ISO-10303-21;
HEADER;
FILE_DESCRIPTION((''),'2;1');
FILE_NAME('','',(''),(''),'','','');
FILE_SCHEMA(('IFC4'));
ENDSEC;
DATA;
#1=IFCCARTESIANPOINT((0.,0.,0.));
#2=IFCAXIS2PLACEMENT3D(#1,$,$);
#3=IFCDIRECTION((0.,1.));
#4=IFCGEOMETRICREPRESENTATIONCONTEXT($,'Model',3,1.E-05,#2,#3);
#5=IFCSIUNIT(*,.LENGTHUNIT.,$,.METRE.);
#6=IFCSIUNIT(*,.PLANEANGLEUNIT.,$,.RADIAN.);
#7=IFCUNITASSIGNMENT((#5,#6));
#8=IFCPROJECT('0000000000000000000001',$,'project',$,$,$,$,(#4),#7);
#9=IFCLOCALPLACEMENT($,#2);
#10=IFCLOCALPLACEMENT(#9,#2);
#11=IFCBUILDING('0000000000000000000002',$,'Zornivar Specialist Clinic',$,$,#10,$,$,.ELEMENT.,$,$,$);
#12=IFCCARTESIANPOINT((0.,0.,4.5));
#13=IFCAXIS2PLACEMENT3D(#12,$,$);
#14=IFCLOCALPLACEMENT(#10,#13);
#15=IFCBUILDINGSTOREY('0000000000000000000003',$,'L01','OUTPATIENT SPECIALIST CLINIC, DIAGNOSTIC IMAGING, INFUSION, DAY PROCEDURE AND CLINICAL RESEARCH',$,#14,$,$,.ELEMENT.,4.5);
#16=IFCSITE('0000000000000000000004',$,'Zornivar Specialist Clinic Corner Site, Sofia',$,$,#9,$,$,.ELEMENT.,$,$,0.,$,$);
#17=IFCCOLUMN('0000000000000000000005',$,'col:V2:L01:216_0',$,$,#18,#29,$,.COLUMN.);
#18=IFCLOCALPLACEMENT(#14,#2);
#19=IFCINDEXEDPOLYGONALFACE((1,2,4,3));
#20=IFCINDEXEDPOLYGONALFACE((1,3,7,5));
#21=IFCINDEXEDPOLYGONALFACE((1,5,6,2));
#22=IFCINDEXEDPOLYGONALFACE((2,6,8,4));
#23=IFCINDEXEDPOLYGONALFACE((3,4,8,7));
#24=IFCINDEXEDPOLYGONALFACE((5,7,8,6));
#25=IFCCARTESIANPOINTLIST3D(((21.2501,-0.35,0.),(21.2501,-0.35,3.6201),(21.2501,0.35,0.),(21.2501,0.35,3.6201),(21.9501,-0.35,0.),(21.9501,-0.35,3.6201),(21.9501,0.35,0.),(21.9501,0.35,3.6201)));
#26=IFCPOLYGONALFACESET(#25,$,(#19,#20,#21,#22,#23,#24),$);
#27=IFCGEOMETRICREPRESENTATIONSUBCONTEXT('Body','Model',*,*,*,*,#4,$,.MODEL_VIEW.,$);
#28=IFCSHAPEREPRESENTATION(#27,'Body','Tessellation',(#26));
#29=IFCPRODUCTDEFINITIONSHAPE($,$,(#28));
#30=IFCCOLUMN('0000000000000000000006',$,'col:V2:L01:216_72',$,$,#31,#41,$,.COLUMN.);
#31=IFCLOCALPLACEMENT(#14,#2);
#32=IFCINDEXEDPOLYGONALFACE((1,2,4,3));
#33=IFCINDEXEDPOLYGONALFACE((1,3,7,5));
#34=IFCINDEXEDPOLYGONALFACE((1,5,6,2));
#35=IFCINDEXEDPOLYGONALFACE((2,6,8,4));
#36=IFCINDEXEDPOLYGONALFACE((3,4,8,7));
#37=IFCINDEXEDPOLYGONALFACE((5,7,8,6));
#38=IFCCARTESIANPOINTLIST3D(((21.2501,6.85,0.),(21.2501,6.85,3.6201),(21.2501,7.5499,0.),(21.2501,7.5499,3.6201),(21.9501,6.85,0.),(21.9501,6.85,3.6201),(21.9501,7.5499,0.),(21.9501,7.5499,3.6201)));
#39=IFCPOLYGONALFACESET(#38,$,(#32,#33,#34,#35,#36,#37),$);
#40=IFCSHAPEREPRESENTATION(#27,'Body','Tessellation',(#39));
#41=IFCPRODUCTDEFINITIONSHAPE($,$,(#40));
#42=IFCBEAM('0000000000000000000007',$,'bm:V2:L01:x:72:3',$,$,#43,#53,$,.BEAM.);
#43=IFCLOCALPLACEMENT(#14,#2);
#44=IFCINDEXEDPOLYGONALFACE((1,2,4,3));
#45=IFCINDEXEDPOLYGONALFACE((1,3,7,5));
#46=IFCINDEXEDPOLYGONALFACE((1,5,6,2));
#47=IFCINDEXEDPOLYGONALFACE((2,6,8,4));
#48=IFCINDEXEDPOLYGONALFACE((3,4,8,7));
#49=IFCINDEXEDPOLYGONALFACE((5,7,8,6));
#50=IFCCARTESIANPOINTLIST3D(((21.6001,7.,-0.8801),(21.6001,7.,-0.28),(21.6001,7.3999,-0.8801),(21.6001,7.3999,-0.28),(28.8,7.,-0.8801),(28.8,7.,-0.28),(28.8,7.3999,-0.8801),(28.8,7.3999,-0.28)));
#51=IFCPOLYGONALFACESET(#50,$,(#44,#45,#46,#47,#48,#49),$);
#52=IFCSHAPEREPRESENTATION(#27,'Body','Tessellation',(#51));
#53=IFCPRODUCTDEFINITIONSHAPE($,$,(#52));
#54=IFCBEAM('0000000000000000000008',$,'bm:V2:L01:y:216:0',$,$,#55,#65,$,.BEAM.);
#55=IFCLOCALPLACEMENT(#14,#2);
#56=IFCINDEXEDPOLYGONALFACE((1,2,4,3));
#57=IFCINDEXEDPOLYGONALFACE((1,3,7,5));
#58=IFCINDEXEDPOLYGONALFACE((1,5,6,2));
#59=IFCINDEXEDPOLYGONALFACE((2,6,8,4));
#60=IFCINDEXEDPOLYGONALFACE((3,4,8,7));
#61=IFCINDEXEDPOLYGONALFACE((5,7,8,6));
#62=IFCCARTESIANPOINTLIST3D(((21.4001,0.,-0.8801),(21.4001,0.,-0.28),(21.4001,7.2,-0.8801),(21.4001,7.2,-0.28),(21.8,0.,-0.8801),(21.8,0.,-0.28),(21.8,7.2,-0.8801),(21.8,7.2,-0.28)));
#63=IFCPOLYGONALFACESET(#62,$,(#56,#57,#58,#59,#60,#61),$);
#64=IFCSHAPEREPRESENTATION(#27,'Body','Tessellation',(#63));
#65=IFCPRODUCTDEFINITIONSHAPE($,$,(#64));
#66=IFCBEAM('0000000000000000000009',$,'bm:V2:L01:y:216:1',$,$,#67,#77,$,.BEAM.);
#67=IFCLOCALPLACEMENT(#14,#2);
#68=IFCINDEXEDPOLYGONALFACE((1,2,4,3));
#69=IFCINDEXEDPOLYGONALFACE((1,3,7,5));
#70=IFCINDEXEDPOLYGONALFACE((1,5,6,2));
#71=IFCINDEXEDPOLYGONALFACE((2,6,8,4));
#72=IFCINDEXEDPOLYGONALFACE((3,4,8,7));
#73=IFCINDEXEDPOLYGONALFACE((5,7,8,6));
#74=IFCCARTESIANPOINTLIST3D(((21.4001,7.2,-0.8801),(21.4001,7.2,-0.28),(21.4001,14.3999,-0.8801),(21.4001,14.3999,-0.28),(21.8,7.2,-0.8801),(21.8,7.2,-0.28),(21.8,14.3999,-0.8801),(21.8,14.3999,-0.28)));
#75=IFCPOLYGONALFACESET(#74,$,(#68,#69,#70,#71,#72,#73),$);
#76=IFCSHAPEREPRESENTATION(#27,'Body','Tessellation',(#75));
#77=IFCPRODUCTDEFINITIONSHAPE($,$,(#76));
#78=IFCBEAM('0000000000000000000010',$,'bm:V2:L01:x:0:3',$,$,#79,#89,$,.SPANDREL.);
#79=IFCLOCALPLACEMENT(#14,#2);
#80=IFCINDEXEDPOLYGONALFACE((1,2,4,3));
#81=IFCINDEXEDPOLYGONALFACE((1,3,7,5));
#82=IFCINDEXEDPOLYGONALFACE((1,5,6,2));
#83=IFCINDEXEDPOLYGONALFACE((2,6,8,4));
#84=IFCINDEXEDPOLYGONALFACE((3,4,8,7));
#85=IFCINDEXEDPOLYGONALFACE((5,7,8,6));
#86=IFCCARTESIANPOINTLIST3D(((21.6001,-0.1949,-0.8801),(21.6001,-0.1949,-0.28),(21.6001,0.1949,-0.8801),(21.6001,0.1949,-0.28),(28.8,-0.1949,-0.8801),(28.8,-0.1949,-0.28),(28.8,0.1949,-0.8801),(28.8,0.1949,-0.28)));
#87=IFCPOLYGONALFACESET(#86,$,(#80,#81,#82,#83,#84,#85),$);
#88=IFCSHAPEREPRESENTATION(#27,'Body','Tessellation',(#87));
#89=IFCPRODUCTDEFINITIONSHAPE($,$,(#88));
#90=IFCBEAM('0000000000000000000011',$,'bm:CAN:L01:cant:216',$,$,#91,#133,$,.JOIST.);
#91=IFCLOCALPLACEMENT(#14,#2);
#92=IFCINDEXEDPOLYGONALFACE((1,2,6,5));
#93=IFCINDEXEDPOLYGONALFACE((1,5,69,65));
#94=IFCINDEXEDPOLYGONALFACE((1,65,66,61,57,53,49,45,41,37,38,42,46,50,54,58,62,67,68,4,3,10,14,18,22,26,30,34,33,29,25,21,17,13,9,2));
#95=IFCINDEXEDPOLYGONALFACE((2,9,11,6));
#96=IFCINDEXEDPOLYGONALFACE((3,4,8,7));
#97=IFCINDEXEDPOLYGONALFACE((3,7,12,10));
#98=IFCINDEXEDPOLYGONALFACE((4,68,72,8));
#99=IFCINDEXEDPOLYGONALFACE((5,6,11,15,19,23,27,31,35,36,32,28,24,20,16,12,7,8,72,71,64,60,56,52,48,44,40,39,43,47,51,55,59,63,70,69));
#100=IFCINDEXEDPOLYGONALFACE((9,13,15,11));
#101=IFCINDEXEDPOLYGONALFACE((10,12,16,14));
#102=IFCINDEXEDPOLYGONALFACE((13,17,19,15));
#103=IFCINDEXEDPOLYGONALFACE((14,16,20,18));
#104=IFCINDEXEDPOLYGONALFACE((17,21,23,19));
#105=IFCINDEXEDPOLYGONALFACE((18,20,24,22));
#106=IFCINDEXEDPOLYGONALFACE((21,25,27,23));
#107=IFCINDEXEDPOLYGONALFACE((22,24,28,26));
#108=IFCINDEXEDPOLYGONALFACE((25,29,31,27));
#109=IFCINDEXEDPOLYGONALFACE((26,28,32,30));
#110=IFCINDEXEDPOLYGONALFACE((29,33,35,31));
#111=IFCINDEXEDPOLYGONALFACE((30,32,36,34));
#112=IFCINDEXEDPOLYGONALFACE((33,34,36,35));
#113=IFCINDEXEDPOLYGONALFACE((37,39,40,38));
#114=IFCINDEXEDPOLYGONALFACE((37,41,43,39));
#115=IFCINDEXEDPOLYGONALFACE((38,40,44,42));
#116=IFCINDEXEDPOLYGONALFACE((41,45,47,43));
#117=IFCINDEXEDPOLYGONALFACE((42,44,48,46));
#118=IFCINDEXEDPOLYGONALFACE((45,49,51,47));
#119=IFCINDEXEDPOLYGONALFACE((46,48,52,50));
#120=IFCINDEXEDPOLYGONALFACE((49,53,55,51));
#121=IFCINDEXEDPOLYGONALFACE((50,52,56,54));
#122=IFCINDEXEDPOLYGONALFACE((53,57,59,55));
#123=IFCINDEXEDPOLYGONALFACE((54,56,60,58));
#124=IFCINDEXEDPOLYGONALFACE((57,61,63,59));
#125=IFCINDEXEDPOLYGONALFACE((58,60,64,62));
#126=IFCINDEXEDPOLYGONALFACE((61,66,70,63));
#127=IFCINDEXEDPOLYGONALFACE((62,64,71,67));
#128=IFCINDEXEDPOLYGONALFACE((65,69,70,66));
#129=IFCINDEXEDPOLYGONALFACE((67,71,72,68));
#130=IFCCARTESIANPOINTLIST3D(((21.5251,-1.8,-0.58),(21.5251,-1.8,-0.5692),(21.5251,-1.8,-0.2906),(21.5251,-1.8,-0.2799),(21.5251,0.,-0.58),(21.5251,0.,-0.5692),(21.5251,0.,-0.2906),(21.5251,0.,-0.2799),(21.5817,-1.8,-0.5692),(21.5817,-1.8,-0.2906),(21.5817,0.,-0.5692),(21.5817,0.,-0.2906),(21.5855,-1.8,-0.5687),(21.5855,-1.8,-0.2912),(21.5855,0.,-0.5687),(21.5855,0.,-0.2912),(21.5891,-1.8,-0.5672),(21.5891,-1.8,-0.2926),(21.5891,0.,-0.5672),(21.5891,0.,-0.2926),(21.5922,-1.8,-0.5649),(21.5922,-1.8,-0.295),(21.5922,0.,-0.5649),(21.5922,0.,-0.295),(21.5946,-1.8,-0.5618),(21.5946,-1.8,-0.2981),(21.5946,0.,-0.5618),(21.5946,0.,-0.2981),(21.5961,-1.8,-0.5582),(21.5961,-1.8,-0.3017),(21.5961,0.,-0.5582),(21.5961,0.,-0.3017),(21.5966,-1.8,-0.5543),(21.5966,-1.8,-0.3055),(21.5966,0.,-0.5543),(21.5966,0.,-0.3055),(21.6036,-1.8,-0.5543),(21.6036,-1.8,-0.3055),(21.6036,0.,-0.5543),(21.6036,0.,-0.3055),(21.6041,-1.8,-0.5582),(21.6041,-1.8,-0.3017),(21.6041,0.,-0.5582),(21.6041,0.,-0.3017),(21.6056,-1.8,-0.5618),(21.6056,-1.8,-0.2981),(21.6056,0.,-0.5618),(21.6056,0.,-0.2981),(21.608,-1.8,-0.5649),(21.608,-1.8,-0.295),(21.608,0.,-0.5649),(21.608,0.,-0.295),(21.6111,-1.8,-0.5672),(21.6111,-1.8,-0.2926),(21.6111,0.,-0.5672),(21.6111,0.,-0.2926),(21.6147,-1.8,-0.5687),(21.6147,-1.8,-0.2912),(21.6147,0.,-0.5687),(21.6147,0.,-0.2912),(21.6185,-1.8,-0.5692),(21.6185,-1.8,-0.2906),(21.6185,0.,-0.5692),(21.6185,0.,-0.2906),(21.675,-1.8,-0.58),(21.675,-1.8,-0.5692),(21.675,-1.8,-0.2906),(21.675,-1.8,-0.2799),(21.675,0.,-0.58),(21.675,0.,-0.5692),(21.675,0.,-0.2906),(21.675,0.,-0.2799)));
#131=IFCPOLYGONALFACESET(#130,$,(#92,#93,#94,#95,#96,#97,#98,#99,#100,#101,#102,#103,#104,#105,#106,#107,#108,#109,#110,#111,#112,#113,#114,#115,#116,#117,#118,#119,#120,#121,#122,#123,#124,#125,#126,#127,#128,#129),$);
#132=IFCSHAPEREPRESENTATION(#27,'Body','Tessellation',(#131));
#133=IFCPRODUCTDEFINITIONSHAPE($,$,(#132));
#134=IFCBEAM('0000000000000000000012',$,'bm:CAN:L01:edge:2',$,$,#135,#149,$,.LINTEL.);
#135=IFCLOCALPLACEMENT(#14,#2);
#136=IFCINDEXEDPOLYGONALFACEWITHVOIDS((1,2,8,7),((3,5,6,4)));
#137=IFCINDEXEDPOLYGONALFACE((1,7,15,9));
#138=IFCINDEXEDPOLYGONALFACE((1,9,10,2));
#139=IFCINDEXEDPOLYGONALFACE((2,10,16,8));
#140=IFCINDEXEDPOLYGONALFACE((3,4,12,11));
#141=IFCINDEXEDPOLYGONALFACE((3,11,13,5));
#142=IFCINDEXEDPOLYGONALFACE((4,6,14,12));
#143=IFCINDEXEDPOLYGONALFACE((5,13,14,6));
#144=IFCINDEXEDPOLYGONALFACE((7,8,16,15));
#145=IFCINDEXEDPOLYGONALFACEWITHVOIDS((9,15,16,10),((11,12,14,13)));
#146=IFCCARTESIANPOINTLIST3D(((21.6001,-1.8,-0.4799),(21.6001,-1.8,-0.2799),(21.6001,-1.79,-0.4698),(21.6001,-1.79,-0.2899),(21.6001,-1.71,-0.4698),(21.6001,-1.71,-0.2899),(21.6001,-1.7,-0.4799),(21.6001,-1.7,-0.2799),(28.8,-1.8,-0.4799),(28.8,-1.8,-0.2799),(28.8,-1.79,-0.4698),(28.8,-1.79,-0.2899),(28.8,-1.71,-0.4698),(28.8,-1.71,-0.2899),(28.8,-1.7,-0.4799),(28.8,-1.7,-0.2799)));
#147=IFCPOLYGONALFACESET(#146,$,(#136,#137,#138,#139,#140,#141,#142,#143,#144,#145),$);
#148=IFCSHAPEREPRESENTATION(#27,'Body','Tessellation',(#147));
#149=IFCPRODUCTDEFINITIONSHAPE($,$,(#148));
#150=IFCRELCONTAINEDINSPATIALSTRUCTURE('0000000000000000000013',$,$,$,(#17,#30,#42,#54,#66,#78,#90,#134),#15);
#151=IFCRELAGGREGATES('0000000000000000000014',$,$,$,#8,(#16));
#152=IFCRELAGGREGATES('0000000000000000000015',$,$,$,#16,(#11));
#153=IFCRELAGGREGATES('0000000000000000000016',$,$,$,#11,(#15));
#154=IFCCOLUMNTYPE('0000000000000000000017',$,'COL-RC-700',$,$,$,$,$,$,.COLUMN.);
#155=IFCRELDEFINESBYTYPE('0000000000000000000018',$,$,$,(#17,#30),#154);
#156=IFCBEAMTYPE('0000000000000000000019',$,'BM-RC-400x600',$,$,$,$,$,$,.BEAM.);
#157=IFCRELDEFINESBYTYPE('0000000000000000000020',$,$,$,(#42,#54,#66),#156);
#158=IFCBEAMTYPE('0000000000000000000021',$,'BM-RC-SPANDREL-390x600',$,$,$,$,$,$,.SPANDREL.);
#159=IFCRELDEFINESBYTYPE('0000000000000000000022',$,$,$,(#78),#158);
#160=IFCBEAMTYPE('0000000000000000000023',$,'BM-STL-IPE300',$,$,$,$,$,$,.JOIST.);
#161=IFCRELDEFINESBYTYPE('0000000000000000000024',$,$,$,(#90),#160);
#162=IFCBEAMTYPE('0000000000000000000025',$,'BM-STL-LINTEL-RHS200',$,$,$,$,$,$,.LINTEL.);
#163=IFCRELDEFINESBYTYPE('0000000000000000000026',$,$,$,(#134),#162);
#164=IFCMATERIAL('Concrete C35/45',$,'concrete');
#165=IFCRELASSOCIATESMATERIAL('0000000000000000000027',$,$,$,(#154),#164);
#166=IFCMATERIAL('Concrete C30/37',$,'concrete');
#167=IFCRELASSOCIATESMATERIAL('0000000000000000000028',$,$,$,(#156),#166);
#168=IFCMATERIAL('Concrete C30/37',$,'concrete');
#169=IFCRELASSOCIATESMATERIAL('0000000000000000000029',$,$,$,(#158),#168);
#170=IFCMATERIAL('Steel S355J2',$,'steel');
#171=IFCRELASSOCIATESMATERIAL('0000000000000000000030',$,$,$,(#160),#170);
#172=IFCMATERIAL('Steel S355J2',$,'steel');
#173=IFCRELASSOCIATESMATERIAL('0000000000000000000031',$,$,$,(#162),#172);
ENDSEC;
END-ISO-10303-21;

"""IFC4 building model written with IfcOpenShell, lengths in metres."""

from ifc_helpers import new_model, si_unit, direction, frame, origin, origin_2d, place, context, subcontext, project, spatial, rectangle, hollow_rectangle, i_section, extrude, material, material_profile, profile_set, type_object, element, save


model = new_model("IFC4")

# Units and contexts
model_context = context("Model", 3, precision=1e-05, world=origin(), true_north=direction((0.0, 1.0)))
body_context = subcontext(model_context, "Body", "Model", "MODEL_VIEW")
ifc_project = project(units=[si_unit("LENGTHUNIT", "METRE"), si_unit("PLANEANGLEUNIT", "RADIAN")], contexts=[model_context])

# Site, building, storey
site_placement = place(None, origin())
site = spatial("IfcSite", under=ifc_project, at=site_placement, Name="Zornivar Specialist Clinic Corner Site, Sofia", CompositionType="ELEMENT", RefElevation=0.0)
building_placement = place(site_placement, origin())
building = spatial("IfcBuilding", under=site, at=building_placement, Name="Zornivar Specialist Clinic", CompositionType="ELEMENT")
storey_placement = place(building_placement, frame((0.0, 0.0, 4.5)))
storey = spatial("IfcBuildingStorey", under=building, at=storey_placement, Name="L01", Description="OUTPATIENT SPECIALIST CLINIC, DIAGNOSTIC IMAGING, INFUSION, DAY PROCEDURE AND CLINICAL RESEARCH", CompositionType="ELEMENT", Elevation=4.5)

# Columns
ifc_material_1 = material(Name="Concrete C35/45", Category="concrete")
ifc_material_profile_1 = material_profile(ifc_material_1, rectangle(XDim=0.7, YDim=0.7, at=origin_2d()), Name="RC 700x700")
ifc_profile_set_1 = profile_set([ifc_material_profile_1], Name="Concrete C35/45")
column_type = type_object("IfcColumnType", Name="COL-RC-700", PredefinedType="COLUMN", material=ifc_profile_set_1)
for number, where, z_axis, x_axis, name in (
    (1, (21.6001, 0.0, 0.0), (0.0, 0.0, 1.0), (1.0, 0.0, 0.0), "col:V2:L01:216_0"),
    (2, (21.6001, 7.2, 0.0), (0.0, 0.0, 1.0), (1.0, 0.0, 0.0), "col:V2:L01:216_72"),
):
    element("IfcColumn", number, at=place(storey_placement, frame(where, z_axis=z_axis, x_axis=x_axis)), inside=storey, type_object=column_type, Name=name, PredefinedType="COLUMN", context=body_context, shape_type="SweptSolid", body=[
        extrude(rectangle(XDim=0.7, YDim=0.7, at=origin_2d()), origin(), (0.0, 0.0, 1.0), 3.6201),
    ])

# Beams
ifc_material_2 = material(Name="Concrete C30/37", Category="concrete")
ifc_material_profile_2 = material_profile(ifc_material_2, rectangle(XDim=0.3999, YDim=0.6001, at=origin_2d()), Name="RC 400x600")
ifc_profile_set_2 = profile_set([ifc_material_profile_2], Name="Concrete C30/37")
beam_type_1 = type_object("IfcBeamType", Name="BM-RC-400x600", PredefinedType="BEAM", material=ifc_profile_set_2)
for number, where, z_axis, x_axis, name in (
    (3, (21.6001, 7.2, -0.5801), (1.0, 0.0, 0.0), (0.0, 1.0, 0.0), "bm:V2:L01:x:72:3"),
    (4, (21.6001, 0.0, -0.5801), (0.0, 1.0, 0.0), (-1.0, 0.0, 0.0), "bm:V2:L01:y:216:0"),
    (5, (21.6001, 7.2, -0.5801), (0.0, 1.0, 0.0), (-1.0, 0.0, 0.0), "bm:V2:L01:y:216:1"),
):
    element("IfcBeam", number, at=place(storey_placement, frame(where, z_axis=z_axis, x_axis=x_axis)), inside=storey, type_object=beam_type_1, Name=name, PredefinedType="BEAM", context=body_context, shape_type="SweptSolid", body=[
        extrude(rectangle(XDim=0.3999, YDim=0.6001, at=origin_2d()), origin(), (0.0, 0.0, 1.0), 7.2),
    ])
ifc_material_3 = material(Name="Concrete C30/37", Category="concrete")
ifc_material_profile_3 = material_profile(ifc_material_3, rectangle(XDim=0.3899, YDim=0.6001, at=origin_2d()), Name="RC 390x600")
ifc_profile_set_3 = profile_set([ifc_material_profile_3], Name="Concrete C30/37")
beam_type_2 = type_object("IfcBeamType", Name="BM-RC-SPANDREL-390x600", PredefinedType="SPANDREL", material=ifc_profile_set_3)
beam_1_placement = place(storey_placement, frame((21.6001, 0.0, -0.5801), z_axis=(1.0, 0.0, 0.0), x_axis=(0.0, 1.0, 0.0)))
element("IfcBeam", 6, at=beam_1_placement, inside=storey, type_object=beam_type_2, Name="bm:V2:L01:x:0:3", PredefinedType="SPANDREL", context=body_context, shape_type="SweptSolid", body=[
    extrude(rectangle(XDim=0.3899, YDim=0.6001, at=origin_2d()), origin(), (0.0, 0.0, 1.0), 7.2),
])
ifc_material_4 = material(Name="Steel S355J2", Category="steel")
ifc_material_profile_4 = material_profile(ifc_material_4, i_section(OverallWidth=0.1499, OverallDepth=0.3, WebThickness=0.0071, FlangeThickness=0.0107, FilletRadius=0.0149, at=origin_2d()), Name="IPE 300")
ifc_profile_set_4 = profile_set([ifc_material_profile_4], Name="Steel S355J2")
beam_type_3 = type_object("IfcBeamType", Name="BM-STL-IPE300", PredefinedType="JOIST", material=ifc_profile_set_4)
beam_2_placement = place(storey_placement, frame((21.6001, 0.0, -0.4299), z_axis=(0.0, -1.0, 0.0), x_axis=(1.0, 0.0, 0.0)))
element("IfcBeam", 7, at=beam_2_placement, inside=storey, type_object=beam_type_3, Name="bm:CAN:L01:cant:216", PredefinedType="JOIST", context=body_context, shape_type="SweptSolid", body=[
    extrude(i_section(OverallWidth=0.1499, OverallDepth=0.3, WebThickness=0.0071, FlangeThickness=0.0107, FilletRadius=0.0149, at=origin_2d()), origin(), (0.0, 0.0, 1.0), 1.8),
])
ifc_material_5 = material(Name="Steel S355J2", Category="steel")
ifc_material_profile_5 = material_profile(ifc_material_5, hollow_rectangle(XDim=0.1001, YDim=0.2, WallThickness=0.01, at=origin_2d()), Name="RHS 200x100x10")
ifc_profile_set_5 = profile_set([ifc_material_profile_5], Name="Steel S355J2")
beam_type_4 = type_object("IfcBeamType", Name="BM-STL-LINTEL-RHS200", PredefinedType="LINTEL", material=ifc_profile_set_5)
beam_3_placement = place(storey_placement, frame((21.6001, -1.75, -0.3799), z_axis=(1.0, 0.0, 0.0), x_axis=(0.0, 1.0, 0.0)))
element("IfcBeam", 8, at=beam_3_placement, inside=storey, type_object=beam_type_4, Name="bm:CAN:L01:edge:2", PredefinedType="LINTEL", context=body_context, shape_type="SweptSolid", body=[
    extrude(hollow_rectangle(XDim=0.1001, YDim=0.2, WallThickness=0.01, at=origin_2d()), origin(), (0.0, 0.0, 1.0), 7.2),
])

save(model, "model.ifc")
